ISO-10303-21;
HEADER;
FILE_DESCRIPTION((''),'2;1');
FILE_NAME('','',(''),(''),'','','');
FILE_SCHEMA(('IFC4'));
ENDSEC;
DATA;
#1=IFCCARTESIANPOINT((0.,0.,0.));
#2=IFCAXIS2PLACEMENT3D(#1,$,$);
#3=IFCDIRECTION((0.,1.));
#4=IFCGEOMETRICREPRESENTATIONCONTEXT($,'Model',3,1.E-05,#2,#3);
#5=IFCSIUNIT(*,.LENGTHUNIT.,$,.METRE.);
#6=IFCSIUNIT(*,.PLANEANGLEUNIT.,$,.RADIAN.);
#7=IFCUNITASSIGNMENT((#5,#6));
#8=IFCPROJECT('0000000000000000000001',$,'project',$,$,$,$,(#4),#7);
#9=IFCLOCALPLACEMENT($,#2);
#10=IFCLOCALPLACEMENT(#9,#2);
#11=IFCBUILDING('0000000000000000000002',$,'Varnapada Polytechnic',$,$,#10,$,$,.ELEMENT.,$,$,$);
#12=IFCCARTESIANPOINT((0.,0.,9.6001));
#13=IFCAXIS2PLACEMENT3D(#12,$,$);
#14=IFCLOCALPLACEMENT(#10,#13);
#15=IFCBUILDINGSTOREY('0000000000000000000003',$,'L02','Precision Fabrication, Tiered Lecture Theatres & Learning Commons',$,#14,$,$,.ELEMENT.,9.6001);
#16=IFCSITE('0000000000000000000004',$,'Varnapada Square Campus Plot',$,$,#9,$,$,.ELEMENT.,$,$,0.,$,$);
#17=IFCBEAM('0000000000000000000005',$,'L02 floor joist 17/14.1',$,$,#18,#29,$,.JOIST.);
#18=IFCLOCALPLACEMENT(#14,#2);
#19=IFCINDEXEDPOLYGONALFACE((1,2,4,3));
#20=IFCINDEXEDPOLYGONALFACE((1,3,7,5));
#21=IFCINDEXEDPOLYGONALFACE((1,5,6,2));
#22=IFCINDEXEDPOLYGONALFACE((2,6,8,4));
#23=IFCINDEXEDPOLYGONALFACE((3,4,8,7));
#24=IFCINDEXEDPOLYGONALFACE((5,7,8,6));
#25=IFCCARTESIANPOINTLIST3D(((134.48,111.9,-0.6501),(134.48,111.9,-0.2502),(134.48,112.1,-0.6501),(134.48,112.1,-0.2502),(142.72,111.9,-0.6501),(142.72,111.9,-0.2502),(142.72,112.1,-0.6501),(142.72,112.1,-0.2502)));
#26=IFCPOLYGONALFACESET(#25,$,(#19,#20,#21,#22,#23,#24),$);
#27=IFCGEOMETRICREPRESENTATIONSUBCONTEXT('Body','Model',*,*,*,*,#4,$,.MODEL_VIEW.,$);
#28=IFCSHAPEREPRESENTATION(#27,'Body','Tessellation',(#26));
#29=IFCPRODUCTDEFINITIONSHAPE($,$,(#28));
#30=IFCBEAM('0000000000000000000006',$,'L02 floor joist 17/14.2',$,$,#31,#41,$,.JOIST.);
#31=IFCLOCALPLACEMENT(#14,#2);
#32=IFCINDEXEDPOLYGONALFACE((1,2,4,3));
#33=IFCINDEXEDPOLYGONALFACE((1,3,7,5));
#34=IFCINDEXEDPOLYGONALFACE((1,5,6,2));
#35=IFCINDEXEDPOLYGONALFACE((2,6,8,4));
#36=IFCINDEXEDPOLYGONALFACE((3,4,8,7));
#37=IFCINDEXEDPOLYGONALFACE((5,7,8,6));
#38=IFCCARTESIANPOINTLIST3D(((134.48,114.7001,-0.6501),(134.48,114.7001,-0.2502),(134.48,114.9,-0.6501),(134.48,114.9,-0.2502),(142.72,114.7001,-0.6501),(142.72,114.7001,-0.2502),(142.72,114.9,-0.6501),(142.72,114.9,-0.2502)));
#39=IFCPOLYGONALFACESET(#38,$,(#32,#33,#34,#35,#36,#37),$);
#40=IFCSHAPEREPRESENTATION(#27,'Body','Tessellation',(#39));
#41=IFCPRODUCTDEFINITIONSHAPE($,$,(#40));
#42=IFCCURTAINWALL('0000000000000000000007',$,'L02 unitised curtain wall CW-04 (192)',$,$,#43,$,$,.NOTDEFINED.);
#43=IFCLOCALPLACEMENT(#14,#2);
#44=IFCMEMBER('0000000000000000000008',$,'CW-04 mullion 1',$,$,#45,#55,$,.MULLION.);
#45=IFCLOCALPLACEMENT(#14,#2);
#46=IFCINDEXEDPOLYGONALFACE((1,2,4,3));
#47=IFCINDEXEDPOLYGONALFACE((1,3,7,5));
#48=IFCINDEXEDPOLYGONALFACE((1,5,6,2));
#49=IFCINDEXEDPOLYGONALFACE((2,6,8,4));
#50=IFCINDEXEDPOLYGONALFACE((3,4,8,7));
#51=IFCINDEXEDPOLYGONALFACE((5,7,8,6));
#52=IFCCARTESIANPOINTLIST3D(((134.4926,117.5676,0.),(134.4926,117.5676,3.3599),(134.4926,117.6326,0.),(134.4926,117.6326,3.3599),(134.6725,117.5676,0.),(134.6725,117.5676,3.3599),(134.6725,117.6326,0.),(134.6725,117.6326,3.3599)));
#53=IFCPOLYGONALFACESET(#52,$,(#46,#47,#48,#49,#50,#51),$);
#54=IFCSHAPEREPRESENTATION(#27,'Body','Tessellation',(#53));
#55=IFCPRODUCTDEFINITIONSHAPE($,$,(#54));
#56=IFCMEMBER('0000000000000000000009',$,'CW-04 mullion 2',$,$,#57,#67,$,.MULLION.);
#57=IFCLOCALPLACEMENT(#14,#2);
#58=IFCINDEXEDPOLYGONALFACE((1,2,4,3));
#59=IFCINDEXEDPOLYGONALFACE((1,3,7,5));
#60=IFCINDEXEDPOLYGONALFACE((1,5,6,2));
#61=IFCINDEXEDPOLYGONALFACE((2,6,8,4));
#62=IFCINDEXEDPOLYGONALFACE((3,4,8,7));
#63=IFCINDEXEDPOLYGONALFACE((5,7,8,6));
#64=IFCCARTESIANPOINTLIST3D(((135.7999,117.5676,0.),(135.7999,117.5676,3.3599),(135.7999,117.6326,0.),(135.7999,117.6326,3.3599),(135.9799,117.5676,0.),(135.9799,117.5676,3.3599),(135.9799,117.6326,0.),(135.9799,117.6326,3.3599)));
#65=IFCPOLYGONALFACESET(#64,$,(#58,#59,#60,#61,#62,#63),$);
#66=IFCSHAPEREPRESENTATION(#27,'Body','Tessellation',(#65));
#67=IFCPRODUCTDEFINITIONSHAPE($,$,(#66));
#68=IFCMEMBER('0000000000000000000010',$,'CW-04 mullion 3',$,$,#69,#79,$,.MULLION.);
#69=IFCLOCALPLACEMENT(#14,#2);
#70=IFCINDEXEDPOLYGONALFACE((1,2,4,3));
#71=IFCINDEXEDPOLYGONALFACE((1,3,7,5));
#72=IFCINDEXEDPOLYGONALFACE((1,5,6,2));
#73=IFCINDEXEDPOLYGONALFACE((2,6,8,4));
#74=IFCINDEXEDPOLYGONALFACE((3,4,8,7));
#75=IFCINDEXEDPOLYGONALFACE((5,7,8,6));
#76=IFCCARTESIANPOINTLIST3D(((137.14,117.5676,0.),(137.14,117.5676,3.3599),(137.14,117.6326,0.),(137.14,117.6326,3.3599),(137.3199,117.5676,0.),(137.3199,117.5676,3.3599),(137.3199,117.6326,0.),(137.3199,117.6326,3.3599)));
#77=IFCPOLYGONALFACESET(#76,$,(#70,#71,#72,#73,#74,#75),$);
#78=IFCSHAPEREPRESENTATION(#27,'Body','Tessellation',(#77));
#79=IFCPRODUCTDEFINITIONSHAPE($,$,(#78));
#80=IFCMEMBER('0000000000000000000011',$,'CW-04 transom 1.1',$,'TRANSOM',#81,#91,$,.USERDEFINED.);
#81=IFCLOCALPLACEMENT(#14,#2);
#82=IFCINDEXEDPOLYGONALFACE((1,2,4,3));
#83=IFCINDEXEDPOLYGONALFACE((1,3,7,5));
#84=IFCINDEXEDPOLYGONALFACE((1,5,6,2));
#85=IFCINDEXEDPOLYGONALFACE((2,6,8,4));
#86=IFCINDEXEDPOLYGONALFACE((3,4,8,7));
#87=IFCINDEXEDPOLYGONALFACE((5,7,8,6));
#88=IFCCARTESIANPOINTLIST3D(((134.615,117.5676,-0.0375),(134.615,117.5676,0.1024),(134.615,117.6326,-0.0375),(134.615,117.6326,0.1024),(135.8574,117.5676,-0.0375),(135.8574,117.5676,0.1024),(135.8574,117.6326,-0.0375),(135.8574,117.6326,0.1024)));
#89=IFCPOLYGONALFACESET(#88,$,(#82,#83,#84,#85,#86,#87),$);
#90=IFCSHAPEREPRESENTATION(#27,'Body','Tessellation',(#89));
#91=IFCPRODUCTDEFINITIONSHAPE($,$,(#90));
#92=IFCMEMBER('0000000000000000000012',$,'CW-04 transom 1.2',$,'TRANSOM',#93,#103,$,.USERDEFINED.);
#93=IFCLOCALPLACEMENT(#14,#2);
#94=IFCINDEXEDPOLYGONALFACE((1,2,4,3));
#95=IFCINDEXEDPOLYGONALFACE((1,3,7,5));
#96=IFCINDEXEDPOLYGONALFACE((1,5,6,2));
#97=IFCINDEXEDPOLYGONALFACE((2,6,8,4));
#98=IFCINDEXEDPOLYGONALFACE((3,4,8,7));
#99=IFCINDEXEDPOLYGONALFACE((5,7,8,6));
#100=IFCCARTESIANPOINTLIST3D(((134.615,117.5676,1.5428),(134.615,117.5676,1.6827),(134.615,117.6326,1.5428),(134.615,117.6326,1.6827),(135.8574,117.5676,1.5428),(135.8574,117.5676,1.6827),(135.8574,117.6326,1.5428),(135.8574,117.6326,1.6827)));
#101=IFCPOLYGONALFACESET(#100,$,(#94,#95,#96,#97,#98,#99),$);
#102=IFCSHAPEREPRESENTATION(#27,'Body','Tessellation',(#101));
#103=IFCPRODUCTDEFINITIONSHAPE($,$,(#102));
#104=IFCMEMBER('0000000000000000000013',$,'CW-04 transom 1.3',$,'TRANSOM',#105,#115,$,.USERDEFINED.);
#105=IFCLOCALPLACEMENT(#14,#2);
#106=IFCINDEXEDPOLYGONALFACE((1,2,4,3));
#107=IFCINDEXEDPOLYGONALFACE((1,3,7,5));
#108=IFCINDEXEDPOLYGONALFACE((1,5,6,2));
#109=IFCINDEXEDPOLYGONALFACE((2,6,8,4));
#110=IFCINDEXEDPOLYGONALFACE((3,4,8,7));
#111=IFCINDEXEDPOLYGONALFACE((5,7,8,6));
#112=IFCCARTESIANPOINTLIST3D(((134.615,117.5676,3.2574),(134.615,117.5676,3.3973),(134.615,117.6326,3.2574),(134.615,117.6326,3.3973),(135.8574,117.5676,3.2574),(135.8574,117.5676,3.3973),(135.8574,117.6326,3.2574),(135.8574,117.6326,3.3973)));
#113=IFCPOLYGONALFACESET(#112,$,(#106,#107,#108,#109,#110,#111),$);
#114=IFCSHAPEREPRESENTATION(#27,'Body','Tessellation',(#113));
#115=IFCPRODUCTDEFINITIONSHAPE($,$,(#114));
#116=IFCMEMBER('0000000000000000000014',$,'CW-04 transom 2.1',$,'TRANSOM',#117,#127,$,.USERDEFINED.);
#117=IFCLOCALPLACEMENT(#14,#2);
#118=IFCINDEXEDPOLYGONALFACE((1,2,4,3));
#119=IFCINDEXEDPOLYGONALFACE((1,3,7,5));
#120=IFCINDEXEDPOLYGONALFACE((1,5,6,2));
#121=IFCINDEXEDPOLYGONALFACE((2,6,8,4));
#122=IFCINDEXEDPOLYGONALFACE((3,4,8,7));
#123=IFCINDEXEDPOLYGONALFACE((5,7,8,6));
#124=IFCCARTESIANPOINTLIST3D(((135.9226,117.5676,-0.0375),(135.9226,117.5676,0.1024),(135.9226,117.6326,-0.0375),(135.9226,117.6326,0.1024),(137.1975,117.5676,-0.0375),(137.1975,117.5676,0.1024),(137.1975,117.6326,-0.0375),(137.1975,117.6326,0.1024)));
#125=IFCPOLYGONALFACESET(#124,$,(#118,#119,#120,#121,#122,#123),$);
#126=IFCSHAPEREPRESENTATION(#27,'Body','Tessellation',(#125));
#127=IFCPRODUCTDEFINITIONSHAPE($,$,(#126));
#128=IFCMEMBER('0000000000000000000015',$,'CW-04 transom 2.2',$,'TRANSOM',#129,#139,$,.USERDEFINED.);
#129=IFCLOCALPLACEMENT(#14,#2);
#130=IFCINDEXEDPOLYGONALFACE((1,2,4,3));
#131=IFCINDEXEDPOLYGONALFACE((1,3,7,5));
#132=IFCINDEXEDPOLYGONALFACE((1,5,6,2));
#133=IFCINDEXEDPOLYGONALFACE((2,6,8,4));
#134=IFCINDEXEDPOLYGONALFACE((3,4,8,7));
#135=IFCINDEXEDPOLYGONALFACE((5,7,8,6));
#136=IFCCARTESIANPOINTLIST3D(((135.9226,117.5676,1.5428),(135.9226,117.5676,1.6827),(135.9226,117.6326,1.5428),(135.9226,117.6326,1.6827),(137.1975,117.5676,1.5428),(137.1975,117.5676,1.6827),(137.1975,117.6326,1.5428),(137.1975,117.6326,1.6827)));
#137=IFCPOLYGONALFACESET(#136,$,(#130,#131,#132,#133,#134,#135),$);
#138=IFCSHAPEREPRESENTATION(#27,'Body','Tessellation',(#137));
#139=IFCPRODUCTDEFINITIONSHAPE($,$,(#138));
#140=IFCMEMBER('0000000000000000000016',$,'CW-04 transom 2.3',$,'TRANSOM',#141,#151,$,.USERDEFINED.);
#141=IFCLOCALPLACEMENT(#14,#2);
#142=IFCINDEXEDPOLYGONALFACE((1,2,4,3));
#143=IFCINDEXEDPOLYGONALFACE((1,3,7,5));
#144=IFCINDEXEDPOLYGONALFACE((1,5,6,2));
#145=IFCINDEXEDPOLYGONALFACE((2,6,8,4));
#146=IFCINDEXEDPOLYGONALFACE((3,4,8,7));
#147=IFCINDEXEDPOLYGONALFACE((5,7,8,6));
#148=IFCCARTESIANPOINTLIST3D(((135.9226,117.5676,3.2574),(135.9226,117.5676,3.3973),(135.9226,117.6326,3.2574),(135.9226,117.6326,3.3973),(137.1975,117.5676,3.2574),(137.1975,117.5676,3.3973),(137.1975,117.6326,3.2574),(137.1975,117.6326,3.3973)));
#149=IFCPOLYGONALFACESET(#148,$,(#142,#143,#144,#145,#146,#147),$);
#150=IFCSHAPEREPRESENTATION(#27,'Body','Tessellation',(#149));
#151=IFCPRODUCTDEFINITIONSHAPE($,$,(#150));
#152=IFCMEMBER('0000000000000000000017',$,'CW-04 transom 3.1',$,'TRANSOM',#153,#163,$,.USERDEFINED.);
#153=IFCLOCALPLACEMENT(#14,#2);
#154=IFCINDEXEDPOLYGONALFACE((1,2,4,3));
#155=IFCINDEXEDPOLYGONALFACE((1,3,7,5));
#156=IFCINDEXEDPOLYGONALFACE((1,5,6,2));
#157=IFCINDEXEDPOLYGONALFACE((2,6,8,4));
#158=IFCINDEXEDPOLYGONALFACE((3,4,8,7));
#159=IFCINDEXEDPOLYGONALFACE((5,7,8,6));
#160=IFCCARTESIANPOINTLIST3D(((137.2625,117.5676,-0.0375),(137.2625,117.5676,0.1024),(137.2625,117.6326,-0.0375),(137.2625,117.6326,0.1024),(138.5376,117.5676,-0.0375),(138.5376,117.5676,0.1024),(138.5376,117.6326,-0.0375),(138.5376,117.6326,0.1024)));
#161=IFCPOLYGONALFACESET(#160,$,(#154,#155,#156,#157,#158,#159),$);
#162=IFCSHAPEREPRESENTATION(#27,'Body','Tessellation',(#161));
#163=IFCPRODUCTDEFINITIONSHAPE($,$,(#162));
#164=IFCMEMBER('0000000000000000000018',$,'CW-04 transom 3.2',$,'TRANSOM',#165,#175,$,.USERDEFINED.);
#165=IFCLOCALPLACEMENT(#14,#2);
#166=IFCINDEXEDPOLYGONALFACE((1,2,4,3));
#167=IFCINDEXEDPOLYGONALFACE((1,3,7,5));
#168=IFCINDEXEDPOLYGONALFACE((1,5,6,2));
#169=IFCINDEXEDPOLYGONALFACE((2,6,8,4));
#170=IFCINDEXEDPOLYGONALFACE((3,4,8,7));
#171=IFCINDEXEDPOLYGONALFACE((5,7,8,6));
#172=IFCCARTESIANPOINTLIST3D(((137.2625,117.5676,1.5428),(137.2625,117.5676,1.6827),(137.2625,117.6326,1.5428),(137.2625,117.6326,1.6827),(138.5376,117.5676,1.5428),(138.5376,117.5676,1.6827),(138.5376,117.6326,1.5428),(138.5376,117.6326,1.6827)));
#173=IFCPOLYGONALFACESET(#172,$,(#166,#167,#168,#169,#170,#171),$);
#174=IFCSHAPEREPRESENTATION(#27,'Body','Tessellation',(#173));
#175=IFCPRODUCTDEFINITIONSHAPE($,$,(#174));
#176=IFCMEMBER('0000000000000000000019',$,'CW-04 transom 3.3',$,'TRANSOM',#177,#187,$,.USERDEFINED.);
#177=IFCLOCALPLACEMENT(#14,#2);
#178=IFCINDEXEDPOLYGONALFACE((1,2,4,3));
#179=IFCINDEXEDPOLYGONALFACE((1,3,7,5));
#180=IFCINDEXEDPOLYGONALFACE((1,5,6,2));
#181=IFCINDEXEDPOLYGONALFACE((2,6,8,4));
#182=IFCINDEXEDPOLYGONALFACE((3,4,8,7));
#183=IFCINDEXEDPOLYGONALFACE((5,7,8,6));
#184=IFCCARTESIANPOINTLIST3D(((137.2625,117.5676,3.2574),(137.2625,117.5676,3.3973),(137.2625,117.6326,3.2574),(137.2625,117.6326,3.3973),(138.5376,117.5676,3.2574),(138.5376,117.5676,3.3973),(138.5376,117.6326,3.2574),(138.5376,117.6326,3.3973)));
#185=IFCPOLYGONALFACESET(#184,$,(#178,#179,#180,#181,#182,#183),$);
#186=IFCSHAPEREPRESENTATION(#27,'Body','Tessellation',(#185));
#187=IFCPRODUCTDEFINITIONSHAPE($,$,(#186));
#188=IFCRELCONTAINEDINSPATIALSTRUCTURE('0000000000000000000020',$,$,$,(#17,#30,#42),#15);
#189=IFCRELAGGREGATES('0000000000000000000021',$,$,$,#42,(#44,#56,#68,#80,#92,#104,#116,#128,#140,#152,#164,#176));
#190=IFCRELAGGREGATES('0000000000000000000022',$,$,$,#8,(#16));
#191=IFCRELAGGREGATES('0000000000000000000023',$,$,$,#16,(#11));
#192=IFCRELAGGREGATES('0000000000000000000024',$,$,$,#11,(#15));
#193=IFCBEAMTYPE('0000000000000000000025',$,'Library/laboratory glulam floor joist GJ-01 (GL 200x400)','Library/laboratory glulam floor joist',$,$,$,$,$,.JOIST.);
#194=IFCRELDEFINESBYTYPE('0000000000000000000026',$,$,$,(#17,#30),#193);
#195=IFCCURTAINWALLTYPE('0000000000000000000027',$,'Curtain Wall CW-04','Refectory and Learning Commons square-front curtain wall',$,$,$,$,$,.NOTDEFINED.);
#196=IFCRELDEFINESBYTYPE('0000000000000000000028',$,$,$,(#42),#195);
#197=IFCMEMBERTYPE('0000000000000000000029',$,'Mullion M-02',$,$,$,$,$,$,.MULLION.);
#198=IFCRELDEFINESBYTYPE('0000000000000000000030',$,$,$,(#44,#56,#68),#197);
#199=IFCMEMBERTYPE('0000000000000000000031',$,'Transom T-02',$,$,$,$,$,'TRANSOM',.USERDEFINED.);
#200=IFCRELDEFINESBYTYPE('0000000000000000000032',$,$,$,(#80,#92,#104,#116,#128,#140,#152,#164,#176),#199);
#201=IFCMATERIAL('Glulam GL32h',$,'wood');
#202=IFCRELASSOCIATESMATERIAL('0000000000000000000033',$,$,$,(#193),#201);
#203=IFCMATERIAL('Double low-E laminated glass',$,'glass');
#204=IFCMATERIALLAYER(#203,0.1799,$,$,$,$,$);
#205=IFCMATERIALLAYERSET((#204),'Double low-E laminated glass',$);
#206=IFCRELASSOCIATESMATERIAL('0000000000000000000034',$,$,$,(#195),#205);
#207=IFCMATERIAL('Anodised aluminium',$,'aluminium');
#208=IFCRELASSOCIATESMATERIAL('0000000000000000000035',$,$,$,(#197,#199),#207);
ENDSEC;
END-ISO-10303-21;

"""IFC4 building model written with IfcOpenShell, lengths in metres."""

from ifc_helpers import new_model, si_unit, direction, frame, origin, origin_2d, place, context, subcontext, project, spatial, rectangle, extrude, material, layer, layer_set, material_profile, profile_set, type_object, element, aggregate, save


model = new_model("IFC4")

# Units and contexts
model_context = context("Model", 3, precision=1e-05, world=origin(), true_north=direction((0.0, 1.0)))
body_context = subcontext(model_context, "Body", "Model", "MODEL_VIEW")
ifc_project = project(units=[si_unit("LENGTHUNIT", "METRE"), si_unit("PLANEANGLEUNIT", "RADIAN")], contexts=[model_context])

# Site, building, storey
site_placement = place(None, origin())
site = spatial("IfcSite", under=ifc_project, at=site_placement, Name="Varnapada Square Campus Plot", CompositionType="ELEMENT", RefElevation=0.0)
building_placement = place(site_placement, origin())
building = spatial("IfcBuilding", under=site, at=building_placement, Name="Varnapada Polytechnic", CompositionType="ELEMENT")
storey_placement = place(building_placement, frame((0.0, 0.0, 9.6001)))
storey = spatial("IfcBuildingStorey", under=building, at=storey_placement, Name="L02", Description="Precision Fabrication, Tiered Lecture Theatres & Learning Commons", CompositionType="ELEMENT", Elevation=9.6001)

# Beams
ifc_material_1 = material(Name="Glulam GL32h", Category="wood")
ifc_material_profile_1 = material_profile(ifc_material_1, rectangle(XDim=0.2, YDim=0.3999, at=origin_2d()), Name="GL 200x400")
ifc_profile_set_1 = profile_set([ifc_material_profile_1], Name="Glulam GL32h")
beam_type = type_object("IfcBeamType", Name="Library/laboratory glulam floor joist GJ-01 (GL 200x400)", Description="Library/laboratory glulam floor joist", PredefinedType="JOIST", material=ifc_profile_set_1)
for number, where, z_axis, x_axis, name in (
    (1, (134.48, 112.0, -0.4502), (1.0, 0.0, 0.0), (0.0, 1.0, 0.0), "L02 floor joist 17/14.1"),
    (2, (134.48, 114.8, -0.4502), (1.0, 0.0, 0.0), (0.0, 1.0, 0.0), "L02 floor joist 17/14.2"),
):
    element("IfcBeam", number, at=place(storey_placement, frame(where, z_axis=z_axis, x_axis=x_axis)), inside=storey, type_object=beam_type, Name=name, PredefinedType="JOIST", context=body_context, shape_type="SweptSolid", body=[
        extrude(rectangle(XDim=0.2, YDim=0.3999, at=origin_2d()), origin(), (0.0, 0.0, 1.0), 8.24),
    ])

# Curtain wall, members
ifc_material_2 = material(Name="Double low-E laminated glass", Category="glass")
ifc_layer_1 = layer(ifc_material_2, 0.1799)
ifc_layer_set_1 = layer_set([ifc_layer_1], Name="Double low-E laminated glass")
curtain_wall_type = type_object("IfcCurtainWallType", Name="Curtain Wall CW-04", Description="Refectory and Learning Commons square-front curtain wall", PredefinedType="NOTDEFINED", material=ifc_layer_set_1)
curtain_wall_placement = place(storey_placement, origin())
curtain_wall = element("IfcCurtainWall", 3, at=curtain_wall_placement, inside=storey, type_object=curtain_wall_type, Name="L02 unitised curtain wall CW-04 (192)", PredefinedType="NOTDEFINED")
ifc_material_3 = material(Name="Anodised aluminium", Category="aluminium")
ifc_material_profile_2 = material_profile(ifc_material_3, rectangle(XDim=0.0649, YDim=0.1799, at=origin_2d()), Name="ALU M65x180")
ifc_profile_set_2 = profile_set([ifc_material_profile_2], Name="Anodised aluminium")
member_type_1 = type_object("IfcMemberType", Name="Mullion M-02", PredefinedType="MULLION", material=ifc_profile_set_2)
member_1_placement = place(storey_placement, frame((134.5825, 117.6001, 0.0), z_axis=(0.0, 0.0, 1.0), x_axis=(0.0, 1.0, 0.0)))
member_1 = element("IfcMember", 4, at=member_1_placement, type_object=member_type_1, Name="CW-04 mullion 1", PredefinedType="MULLION", context=body_context, shape_type="SweptSolid", body=[
    extrude(rectangle(XDim=0.0649, YDim=0.1799, at=origin_2d()), origin(), (0.0, 0.0, 1.0), 3.3599),
])
member_2_placement = place(storey_placement, frame((135.8899, 117.6001, 0.0), z_axis=(0.0, 0.0, 1.0), x_axis=(0.0, 1.0, 0.0)))
member_2 = element("IfcMember", 5, at=member_2_placement, type_object=member_type_1, Name="CW-04 mullion 2", PredefinedType="MULLION", context=body_context, shape_type="SweptSolid", body=[
    extrude(rectangle(XDim=0.0649, YDim=0.1799, at=origin_2d()), origin(), (0.0, 0.0, 1.0), 3.3599),
])
member_3_placement = place(storey_placement, frame((137.23, 117.6001, 0.0), z_axis=(0.0, 0.0, 1.0), x_axis=(0.0, 1.0, 0.0)))
member_3 = element("IfcMember", 6, at=member_3_placement, type_object=member_type_1, Name="CW-04 mullion 3", PredefinedType="MULLION", context=body_context, shape_type="SweptSolid", body=[
    extrude(rectangle(XDim=0.0649, YDim=0.1799, at=origin_2d()), origin(), (0.0, 0.0, 1.0), 3.3599),
])
ifc_material_profile_3 = material_profile(ifc_material_3, rectangle(XDim=0.0649, YDim=0.1399, at=origin_2d()), Name="ALU T65x140")
ifc_profile_set_3 = profile_set([ifc_material_profile_3], Name="Anodised aluminium")
member_type_2 = type_object("IfcMemberType", Name="Transom T-02", ElementType="TRANSOM", PredefinedType="USERDEFINED", material=ifc_profile_set_3)
member_4_placement = place(storey_placement, frame((134.615, 117.6001, 0.0325), z_axis=(1.0, 0.0, 0.0), x_axis=(0.0, 1.0, 0.0)))
member_4 = element("IfcMember", 7, at=member_4_placement, type_object=member_type_2, Name="CW-04 transom 1.1", ObjectType="TRANSOM", PredefinedType="USERDEFINED", context=body_context, shape_type="SweptSolid", body=[
    extrude(rectangle(XDim=0.0649, YDim=0.1399, at=origin_2d()), origin(), (0.0, 0.0, 1.0), 1.2424),
])
member_5_placement = place(storey_placement, frame((134.615, 117.6001, 1.6128), z_axis=(1.0, 0.0, 0.0), x_axis=(0.0, 1.0, 0.0)))
member_5 = element("IfcMember", 8, at=member_5_placement, type_object=member_type_2, Name="CW-04 transom 1.2", ObjectType="TRANSOM", PredefinedType="USERDEFINED", context=body_context, shape_type="SweptSolid", body=[
    extrude(rectangle(XDim=0.0649, YDim=0.1399, at=origin_2d()), origin(), (0.0, 0.0, 1.0), 1.2424),
])
member_6_placement = place(storey_placement, frame((134.615, 117.6001, 3.3274), z_axis=(1.0, 0.0, 0.0), x_axis=(0.0, 1.0, 0.0)))
member_6 = element("IfcMember", 9, at=member_6_placement, type_object=member_type_2, Name="CW-04 transom 1.3", ObjectType="TRANSOM", PredefinedType="USERDEFINED", context=body_context, shape_type="SweptSolid", body=[
    extrude(rectangle(XDim=0.0649, YDim=0.1399, at=origin_2d()), origin(), (0.0, 0.0, 1.0), 1.2424),
])
member_7_placement = place(storey_placement, frame((135.9226, 117.6001, 0.0325), z_axis=(1.0, 0.0, 0.0), x_axis=(0.0, 1.0, 0.0)))
member_7 = element("IfcMember", 10, at=member_7_placement, type_object=member_type_2, Name="CW-04 transom 2.1", ObjectType="TRANSOM", PredefinedType="USERDEFINED", context=body_context, shape_type="SweptSolid", body=[
    extrude(rectangle(XDim=0.0649, YDim=0.1399, at=origin_2d()), origin(), (0.0, 0.0, 1.0), 1.2749),
])
member_8_placement = place(storey_placement, frame((135.9226, 117.6001, 1.6128), z_axis=(1.0, 0.0, 0.0), x_axis=(0.0, 1.0, 0.0)))
member_8 = element("IfcMember", 11, at=member_8_placement, type_object=member_type_2, Name="CW-04 transom 2.2", ObjectType="TRANSOM", PredefinedType="USERDEFINED", context=body_context, shape_type="SweptSolid", body=[
    extrude(rectangle(XDim=0.0649, YDim=0.1399, at=origin_2d()), origin(), (0.0, 0.0, 1.0), 1.2749),
])
member_9_placement = place(storey_placement, frame((135.9226, 117.6001, 3.3274), z_axis=(1.0, 0.0, 0.0), x_axis=(0.0, 1.0, 0.0)))
member_9 = element("IfcMember", 12, at=member_9_placement, type_object=member_type_2, Name="CW-04 transom 2.3", ObjectType="TRANSOM", PredefinedType="USERDEFINED", context=body_context, shape_type="SweptSolid", body=[
    extrude(rectangle(XDim=0.0649, YDim=0.1399, at=origin_2d()), origin(), (0.0, 0.0, 1.0), 1.2749),
])
member_10_placement = place(storey_placement, frame((137.2625, 117.6001, 0.0325), z_axis=(1.0, 0.0, 0.0), x_axis=(0.0, 1.0, 0.0)))
member_10 = element("IfcMember", 13, at=member_10_placement, type_object=member_type_2, Name="CW-04 transom 3.1", ObjectType="TRANSOM", PredefinedType="USERDEFINED", context=body_context, shape_type="SweptSolid", body=[
    extrude(rectangle(XDim=0.0649, YDim=0.1399, at=origin_2d()), origin(), (0.0, 0.0, 1.0), 1.2751),
])
member_11_placement = place(storey_placement, frame((137.2625, 117.6001, 1.6128), z_axis=(1.0, 0.0, 0.0), x_axis=(0.0, 1.0, 0.0)))
member_11 = element("IfcMember", 14, at=member_11_placement, type_object=member_type_2, Name="CW-04 transom 3.2", ObjectType="TRANSOM", PredefinedType="USERDEFINED", context=body_context, shape_type="SweptSolid", body=[
    extrude(rectangle(XDim=0.0649, YDim=0.1399, at=origin_2d()), origin(), (0.0, 0.0, 1.0), 1.2751),
])
member_12_placement = place(storey_placement, frame((137.2625, 117.6001, 3.3274), z_axis=(1.0, 0.0, 0.0), x_axis=(0.0, 1.0, 0.0)))
member_12 = element("IfcMember", 15, at=member_12_placement, type_object=member_type_2, Name="CW-04 transom 3.3", ObjectType="TRANSOM", PredefinedType="USERDEFINED", context=body_context, shape_type="SweptSolid", body=[
    extrude(rectangle(XDim=0.0649, YDim=0.1399, at=origin_2d()), origin(), (0.0, 0.0, 1.0), 1.2751),
])
aggregate(curtain_wall, [member_1, member_2, member_3, member_4, member_5, member_6, member_7, member_8, member_9, member_10, member_11, member_12])

save(model, "model.ifc")
